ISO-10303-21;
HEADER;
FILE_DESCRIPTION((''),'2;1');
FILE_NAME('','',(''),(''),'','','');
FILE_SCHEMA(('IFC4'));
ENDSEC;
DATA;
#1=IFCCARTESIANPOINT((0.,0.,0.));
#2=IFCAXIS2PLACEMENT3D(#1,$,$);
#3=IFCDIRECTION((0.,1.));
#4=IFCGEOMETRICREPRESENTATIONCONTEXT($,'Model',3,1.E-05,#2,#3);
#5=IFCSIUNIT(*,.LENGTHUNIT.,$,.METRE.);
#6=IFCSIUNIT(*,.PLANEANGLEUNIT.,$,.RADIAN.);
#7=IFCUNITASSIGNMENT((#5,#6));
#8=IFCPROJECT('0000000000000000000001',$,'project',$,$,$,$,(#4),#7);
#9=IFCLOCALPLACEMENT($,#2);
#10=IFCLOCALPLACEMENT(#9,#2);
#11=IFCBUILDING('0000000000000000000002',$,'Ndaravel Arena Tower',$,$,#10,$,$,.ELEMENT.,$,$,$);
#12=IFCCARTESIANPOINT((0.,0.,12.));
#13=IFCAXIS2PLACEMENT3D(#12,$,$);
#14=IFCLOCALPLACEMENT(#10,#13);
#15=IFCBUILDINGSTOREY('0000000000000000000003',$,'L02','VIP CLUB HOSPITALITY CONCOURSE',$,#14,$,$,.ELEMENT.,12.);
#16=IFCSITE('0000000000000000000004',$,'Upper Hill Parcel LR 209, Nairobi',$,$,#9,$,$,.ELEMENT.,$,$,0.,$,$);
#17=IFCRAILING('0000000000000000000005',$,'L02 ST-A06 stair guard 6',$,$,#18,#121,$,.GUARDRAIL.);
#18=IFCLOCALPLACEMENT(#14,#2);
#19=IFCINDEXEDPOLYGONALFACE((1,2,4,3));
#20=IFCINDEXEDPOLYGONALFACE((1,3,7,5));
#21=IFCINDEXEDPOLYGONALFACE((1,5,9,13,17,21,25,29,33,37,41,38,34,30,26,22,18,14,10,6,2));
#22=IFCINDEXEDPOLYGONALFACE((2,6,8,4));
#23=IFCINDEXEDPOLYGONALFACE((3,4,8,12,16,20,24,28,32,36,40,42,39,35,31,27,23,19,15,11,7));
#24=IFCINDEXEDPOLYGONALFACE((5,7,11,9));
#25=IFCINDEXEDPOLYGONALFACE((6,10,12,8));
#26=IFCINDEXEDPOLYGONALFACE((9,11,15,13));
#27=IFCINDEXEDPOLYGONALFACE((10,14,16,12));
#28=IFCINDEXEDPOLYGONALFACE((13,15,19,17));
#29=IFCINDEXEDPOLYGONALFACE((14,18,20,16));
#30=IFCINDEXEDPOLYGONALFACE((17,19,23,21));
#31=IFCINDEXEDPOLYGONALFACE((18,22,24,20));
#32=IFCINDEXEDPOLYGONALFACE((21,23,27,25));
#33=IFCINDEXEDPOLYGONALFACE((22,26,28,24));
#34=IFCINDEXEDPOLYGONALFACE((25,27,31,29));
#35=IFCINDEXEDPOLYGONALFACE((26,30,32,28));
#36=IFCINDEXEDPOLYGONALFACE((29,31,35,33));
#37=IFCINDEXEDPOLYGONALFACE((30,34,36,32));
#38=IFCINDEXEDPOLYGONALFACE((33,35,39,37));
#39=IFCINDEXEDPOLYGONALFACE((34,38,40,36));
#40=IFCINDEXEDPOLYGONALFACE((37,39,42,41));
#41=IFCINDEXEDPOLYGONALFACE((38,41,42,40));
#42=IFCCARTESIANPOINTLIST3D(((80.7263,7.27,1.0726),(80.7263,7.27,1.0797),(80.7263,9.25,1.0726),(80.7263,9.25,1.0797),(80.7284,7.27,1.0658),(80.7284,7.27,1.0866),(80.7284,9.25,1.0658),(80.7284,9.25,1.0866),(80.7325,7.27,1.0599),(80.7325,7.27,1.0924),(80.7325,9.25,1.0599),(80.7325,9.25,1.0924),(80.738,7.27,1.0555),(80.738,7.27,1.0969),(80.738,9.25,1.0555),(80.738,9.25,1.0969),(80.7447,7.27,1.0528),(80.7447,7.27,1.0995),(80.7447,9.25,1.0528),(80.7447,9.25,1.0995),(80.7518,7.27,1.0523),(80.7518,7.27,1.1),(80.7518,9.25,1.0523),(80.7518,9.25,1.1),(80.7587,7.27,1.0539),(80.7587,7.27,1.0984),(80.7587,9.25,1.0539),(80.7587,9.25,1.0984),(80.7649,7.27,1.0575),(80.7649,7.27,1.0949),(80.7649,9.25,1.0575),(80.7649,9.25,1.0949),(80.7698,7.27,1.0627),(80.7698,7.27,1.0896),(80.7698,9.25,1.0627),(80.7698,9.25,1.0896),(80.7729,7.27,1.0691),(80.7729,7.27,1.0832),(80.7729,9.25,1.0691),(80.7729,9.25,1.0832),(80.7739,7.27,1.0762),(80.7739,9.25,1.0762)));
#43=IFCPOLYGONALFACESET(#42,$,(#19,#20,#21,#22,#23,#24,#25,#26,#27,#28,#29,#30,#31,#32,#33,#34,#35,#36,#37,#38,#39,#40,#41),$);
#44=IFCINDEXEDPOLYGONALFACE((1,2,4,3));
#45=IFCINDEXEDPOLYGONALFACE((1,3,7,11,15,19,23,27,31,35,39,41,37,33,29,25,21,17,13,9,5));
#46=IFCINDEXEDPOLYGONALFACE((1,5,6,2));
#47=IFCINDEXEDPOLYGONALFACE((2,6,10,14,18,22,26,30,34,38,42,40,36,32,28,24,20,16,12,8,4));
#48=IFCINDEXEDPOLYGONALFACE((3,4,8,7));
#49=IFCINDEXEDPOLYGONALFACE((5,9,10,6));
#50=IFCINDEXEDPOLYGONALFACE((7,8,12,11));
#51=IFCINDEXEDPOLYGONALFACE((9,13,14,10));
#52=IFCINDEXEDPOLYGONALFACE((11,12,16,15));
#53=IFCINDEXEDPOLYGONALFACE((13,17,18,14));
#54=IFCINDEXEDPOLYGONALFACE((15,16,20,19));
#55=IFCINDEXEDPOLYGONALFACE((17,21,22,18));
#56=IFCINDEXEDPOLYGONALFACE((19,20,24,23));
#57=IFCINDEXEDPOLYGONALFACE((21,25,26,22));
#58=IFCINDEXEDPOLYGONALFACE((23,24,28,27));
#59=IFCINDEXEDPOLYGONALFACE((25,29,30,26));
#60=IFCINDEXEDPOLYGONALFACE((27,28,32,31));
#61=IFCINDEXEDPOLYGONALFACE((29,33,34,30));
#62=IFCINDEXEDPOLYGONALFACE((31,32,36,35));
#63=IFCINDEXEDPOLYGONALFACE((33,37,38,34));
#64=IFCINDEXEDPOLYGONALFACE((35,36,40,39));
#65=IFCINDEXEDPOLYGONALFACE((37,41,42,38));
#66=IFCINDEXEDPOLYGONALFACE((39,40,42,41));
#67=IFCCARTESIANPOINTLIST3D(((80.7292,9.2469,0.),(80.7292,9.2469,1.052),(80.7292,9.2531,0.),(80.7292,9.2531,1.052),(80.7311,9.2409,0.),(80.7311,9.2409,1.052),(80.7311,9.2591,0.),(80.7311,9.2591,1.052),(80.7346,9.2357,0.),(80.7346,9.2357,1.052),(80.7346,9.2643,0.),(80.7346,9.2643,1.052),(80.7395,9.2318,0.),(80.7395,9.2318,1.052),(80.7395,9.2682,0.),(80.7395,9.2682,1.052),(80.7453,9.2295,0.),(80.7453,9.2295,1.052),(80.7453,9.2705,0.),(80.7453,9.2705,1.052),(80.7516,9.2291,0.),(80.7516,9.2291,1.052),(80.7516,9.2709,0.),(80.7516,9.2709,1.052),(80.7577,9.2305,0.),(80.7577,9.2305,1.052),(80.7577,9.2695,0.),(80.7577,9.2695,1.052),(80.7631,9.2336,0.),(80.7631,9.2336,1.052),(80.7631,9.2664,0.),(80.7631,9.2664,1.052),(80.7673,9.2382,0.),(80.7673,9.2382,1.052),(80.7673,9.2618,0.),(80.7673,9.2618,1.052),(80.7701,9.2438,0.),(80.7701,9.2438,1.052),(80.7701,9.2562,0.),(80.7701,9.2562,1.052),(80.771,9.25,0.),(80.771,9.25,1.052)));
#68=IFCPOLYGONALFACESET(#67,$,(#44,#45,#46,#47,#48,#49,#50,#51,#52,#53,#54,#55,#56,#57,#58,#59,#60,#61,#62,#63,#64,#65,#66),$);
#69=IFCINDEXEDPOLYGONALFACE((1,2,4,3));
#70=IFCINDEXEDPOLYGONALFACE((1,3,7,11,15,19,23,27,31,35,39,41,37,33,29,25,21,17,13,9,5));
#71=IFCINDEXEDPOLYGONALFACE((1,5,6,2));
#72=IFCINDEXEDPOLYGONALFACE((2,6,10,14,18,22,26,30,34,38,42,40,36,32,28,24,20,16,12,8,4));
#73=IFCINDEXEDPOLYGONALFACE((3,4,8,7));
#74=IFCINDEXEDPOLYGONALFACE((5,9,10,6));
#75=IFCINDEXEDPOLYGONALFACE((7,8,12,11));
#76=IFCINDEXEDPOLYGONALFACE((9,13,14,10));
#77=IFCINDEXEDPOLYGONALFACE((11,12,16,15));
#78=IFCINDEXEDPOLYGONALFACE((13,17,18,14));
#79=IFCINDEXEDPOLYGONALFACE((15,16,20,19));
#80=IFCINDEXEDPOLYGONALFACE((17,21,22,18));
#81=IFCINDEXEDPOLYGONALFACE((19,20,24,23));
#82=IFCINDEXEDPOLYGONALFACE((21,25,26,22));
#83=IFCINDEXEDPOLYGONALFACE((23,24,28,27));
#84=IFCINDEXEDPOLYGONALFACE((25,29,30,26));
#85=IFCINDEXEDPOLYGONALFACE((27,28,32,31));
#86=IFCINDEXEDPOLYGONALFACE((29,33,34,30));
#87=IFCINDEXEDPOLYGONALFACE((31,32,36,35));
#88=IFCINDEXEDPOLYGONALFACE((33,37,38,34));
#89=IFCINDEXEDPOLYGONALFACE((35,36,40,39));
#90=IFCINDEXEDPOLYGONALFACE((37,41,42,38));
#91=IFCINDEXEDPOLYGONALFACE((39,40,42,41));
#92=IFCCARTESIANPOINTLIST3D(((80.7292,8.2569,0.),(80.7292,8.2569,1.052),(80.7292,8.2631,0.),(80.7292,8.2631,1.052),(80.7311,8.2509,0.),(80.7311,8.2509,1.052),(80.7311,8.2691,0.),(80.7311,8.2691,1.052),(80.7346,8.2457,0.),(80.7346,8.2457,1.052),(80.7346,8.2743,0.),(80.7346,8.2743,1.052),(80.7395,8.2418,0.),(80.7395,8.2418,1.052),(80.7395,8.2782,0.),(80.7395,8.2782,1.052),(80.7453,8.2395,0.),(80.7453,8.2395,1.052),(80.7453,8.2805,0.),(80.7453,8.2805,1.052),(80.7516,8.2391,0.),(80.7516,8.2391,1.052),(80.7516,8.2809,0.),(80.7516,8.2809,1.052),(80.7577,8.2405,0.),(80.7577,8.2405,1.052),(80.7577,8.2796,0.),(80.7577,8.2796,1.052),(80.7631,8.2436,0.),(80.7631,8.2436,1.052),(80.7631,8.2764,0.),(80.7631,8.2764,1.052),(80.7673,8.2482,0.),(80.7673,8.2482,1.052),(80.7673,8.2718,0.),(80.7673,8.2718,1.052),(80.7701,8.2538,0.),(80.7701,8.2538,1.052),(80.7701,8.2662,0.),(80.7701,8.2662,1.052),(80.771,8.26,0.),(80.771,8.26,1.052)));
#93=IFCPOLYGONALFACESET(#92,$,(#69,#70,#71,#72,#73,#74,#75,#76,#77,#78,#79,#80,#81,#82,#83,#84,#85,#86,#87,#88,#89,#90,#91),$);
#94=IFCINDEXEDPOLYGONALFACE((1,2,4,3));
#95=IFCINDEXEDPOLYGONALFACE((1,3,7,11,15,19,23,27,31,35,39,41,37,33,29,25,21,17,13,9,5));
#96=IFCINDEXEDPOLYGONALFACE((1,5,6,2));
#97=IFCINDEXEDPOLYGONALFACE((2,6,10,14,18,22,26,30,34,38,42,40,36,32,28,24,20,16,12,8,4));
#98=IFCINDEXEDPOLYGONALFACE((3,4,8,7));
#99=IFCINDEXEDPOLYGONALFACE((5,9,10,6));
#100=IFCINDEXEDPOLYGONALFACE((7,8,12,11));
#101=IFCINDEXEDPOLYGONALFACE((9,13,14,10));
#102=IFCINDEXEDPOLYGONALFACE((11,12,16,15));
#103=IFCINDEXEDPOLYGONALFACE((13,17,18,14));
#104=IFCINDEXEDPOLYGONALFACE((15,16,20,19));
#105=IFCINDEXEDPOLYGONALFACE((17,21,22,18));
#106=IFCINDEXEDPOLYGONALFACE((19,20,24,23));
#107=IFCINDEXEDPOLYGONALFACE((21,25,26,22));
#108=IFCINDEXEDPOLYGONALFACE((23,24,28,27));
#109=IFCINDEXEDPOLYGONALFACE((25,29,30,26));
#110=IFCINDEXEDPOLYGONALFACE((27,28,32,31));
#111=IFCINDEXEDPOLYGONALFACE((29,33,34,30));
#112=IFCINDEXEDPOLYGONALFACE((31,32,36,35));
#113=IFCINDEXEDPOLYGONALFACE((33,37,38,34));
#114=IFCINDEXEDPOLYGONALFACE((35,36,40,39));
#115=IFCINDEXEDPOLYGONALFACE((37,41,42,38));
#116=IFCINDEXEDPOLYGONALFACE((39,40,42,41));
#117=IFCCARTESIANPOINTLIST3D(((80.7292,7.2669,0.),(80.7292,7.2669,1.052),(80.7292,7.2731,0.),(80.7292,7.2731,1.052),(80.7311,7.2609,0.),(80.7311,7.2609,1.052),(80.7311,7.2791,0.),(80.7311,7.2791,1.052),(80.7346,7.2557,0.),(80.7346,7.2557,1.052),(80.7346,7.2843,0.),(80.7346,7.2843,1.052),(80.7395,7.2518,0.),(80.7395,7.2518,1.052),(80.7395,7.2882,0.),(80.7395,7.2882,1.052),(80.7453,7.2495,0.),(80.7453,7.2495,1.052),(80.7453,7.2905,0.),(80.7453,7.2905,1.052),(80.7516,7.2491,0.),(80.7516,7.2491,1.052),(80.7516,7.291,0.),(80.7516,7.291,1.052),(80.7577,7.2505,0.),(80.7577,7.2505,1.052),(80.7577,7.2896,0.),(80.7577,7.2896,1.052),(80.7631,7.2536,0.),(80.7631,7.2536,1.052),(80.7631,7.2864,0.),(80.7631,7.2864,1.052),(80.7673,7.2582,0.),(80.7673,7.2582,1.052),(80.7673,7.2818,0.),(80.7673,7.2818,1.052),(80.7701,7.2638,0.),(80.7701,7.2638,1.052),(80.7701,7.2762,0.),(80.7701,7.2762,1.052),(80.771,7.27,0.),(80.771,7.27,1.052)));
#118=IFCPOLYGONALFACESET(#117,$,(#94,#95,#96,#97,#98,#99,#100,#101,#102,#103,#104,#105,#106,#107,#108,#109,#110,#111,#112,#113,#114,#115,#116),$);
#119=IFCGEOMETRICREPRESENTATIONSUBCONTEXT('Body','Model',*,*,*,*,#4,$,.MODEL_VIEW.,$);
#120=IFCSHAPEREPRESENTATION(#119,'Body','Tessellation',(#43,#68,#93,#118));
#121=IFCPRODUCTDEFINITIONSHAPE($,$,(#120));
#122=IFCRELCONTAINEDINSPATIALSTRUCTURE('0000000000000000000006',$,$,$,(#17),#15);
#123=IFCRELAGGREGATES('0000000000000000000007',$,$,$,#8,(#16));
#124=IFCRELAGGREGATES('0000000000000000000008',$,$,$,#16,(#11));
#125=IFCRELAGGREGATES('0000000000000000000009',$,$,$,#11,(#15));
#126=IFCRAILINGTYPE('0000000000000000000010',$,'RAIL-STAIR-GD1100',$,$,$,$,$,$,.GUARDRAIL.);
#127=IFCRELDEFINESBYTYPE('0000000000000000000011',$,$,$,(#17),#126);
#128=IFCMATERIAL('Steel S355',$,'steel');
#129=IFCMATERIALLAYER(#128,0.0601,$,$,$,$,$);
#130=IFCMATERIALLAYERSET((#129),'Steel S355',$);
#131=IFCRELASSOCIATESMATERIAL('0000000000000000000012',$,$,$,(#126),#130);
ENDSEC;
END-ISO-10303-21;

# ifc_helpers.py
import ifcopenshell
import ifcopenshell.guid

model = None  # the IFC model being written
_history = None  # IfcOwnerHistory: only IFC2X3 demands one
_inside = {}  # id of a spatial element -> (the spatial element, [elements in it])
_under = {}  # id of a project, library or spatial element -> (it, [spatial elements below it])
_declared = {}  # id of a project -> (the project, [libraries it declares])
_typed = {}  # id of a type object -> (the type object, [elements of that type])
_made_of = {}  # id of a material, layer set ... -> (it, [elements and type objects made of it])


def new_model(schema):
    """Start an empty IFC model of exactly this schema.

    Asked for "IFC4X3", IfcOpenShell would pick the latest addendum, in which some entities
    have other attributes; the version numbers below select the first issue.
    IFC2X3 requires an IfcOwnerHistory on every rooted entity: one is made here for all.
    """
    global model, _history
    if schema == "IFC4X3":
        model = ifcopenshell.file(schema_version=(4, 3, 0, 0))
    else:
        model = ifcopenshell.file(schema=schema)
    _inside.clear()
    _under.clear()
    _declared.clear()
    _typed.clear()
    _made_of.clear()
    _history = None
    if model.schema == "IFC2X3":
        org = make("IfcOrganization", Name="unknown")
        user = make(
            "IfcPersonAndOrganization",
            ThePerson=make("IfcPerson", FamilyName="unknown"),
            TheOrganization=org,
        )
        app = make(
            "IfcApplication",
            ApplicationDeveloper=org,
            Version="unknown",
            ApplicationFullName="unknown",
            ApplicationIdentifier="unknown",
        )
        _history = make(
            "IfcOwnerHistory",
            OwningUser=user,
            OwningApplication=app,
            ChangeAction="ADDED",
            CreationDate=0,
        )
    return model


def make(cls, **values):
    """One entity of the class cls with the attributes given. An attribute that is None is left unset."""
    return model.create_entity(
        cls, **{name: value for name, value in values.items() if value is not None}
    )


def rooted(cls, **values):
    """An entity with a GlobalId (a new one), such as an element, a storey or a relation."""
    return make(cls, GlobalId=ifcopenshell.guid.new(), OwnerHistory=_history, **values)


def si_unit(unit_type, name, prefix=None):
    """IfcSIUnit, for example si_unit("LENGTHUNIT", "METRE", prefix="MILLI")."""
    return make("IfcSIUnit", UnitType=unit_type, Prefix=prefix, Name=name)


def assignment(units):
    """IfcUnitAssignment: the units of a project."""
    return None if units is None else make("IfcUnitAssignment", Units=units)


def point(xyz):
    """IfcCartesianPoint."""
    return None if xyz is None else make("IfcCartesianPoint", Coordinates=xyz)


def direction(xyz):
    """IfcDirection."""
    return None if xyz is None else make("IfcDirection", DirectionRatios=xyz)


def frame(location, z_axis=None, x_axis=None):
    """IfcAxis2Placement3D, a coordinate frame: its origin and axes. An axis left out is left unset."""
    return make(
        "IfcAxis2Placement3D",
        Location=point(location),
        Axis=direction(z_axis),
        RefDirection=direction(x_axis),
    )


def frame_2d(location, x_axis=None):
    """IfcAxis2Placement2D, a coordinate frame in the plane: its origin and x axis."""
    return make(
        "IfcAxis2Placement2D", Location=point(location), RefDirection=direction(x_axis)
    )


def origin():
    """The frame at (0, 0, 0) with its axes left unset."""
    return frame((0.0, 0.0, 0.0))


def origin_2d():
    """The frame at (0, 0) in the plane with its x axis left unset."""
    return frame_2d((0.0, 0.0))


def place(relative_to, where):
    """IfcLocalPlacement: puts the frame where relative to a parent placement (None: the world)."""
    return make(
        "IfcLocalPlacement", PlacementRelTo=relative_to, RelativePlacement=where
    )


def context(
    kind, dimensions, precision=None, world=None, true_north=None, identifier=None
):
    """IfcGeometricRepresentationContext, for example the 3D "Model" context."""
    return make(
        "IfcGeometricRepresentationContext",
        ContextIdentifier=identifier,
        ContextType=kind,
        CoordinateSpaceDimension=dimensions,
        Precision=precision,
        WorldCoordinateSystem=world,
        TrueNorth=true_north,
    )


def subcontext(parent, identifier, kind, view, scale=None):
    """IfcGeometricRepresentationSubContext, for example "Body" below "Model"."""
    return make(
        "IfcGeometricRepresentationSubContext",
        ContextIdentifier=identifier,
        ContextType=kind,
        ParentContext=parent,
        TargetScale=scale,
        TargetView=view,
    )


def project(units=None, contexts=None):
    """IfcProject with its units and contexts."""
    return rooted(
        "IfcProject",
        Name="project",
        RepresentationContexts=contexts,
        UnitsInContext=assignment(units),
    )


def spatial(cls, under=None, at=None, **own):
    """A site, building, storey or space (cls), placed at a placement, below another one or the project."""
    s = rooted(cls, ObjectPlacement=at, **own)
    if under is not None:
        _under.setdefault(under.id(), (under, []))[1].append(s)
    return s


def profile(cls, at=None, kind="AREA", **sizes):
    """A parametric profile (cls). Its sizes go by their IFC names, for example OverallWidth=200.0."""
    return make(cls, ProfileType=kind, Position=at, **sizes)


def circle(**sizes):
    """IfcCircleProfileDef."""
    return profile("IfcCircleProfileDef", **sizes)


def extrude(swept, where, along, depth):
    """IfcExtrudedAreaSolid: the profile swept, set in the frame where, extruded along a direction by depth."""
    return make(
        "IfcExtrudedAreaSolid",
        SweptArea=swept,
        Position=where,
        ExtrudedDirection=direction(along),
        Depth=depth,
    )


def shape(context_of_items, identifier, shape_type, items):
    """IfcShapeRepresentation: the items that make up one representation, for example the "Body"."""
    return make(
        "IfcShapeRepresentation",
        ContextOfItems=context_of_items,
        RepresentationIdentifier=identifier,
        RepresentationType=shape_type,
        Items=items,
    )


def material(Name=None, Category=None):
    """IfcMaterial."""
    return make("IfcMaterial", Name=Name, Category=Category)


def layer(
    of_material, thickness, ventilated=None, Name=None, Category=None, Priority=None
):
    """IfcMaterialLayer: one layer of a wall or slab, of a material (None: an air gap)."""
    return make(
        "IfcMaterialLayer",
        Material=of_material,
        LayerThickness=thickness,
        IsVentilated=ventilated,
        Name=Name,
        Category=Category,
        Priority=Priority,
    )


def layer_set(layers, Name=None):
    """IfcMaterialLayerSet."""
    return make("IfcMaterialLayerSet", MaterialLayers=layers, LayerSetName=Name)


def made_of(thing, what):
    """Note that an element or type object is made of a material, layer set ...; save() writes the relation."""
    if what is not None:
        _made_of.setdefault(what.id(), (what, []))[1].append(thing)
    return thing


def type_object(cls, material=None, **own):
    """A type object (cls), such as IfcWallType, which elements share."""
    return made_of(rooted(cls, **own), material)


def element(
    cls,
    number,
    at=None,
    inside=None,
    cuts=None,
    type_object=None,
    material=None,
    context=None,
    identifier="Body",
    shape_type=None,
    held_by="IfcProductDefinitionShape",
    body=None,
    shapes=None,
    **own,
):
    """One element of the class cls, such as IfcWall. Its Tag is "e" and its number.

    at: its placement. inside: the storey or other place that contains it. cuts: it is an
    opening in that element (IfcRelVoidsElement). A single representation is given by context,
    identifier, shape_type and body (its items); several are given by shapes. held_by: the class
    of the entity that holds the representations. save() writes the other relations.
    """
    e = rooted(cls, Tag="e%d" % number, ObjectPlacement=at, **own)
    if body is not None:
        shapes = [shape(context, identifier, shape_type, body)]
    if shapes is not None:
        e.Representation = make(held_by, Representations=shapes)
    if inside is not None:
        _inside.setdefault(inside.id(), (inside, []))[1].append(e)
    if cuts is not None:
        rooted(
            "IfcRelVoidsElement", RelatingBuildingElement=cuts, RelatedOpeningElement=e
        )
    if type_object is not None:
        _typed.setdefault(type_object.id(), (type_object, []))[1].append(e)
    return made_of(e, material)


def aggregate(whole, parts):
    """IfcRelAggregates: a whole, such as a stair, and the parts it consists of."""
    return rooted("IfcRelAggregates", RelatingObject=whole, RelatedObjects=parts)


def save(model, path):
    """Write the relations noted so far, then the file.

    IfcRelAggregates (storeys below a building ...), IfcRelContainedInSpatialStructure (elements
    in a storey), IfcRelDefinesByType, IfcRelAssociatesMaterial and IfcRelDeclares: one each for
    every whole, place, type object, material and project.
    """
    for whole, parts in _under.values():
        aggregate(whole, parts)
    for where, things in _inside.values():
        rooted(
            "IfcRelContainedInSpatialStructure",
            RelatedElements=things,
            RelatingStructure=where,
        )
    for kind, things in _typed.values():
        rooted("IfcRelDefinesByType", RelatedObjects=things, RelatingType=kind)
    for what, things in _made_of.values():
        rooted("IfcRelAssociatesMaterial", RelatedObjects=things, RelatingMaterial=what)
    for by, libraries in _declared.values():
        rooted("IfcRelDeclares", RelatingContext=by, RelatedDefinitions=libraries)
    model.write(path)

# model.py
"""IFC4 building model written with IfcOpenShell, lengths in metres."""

from ifc_helpers import new_model, si_unit, direction, frame, origin, origin_2d, place, context, subcontext, project, spatial, circle, extrude, material, layer, layer_set, type_object, element, save


model = new_model("IFC4")

# Units and contexts
model_context = context("Model", 3, precision=1e-05, world=origin(), true_north=direction((0.0, 1.0)))
body_context = subcontext(model_context, "Body", "Model", "MODEL_VIEW")
ifc_project = project(units=[si_unit("LENGTHUNIT", "METRE"), si_unit("PLANEANGLEUNIT", "RADIAN")], contexts=[model_context])

# Site, building, storey
site_placement = place(None, origin())
site = spatial("IfcSite", under=ifc_project, at=site_placement, Name="Upper Hill Parcel LR 209, Nairobi", CompositionType="ELEMENT", RefElevation=0.0)
building_placement = place(site_placement, origin())
building = spatial("IfcBuilding", under=site, at=building_placement, Name="Ndaravel Arena Tower", CompositionType="ELEMENT")
storey_placement = place(building_placement, frame((0.0, 0.0, 12.0)))
storey = spatial("IfcBuildingStorey", under=building, at=storey_placement, Name="L02", Description="VIP CLUB HOSPITALITY CONCOURSE", CompositionType="ELEMENT", Elevation=12.0)

# Railing
ifc_material_1 = material(Name="Steel S355", Category="steel")
ifc_layer_1 = layer(ifc_material_1, 0.0601)
ifc_layer_set_1 = layer_set([ifc_layer_1], Name="Steel S355")
railing_type = type_object("IfcRailingType", Name="RAIL-STAIR-GD1100", PredefinedType="GUARDRAIL", material=ifc_layer_set_1)
for number, where, name in (
    (1, (80.75, 9.25, 0.0), "L02 ST-A06 stair guard 6"),
):
    element("IfcRailing", number, at=place(storey_placement, frame(where)), inside=storey, type_object=railing_type, Name=name, PredefinedType="GUARDRAIL", context=body_context, shape_type="SweptSolid", body=[
        extrude(circle(Radius=0.0239, at=origin_2d()), frame((0.0, 0.0, 1.0762), z_axis=(0.0, -1.0, 0.0), x_axis=(1.0, 0.0, 0.0)), (0.0, 0.0, 1.0), 1.98),
        extrude(circle(Radius=0.021, at=origin_2d()), origin(), (0.0, 0.0, 1.0), 1.052),
        extrude(circle(Radius=0.021, at=origin_2d()), frame((0.0, -0.99, 0.0)), (0.0, 0.0, 1.0), 1.052),
        extrude(circle(Radius=0.021, at=origin_2d()), frame((0.0, -1.98, 0.0)), (0.0, 0.0, 1.0), 1.052),
    ])

save(model, "model.ifc")
